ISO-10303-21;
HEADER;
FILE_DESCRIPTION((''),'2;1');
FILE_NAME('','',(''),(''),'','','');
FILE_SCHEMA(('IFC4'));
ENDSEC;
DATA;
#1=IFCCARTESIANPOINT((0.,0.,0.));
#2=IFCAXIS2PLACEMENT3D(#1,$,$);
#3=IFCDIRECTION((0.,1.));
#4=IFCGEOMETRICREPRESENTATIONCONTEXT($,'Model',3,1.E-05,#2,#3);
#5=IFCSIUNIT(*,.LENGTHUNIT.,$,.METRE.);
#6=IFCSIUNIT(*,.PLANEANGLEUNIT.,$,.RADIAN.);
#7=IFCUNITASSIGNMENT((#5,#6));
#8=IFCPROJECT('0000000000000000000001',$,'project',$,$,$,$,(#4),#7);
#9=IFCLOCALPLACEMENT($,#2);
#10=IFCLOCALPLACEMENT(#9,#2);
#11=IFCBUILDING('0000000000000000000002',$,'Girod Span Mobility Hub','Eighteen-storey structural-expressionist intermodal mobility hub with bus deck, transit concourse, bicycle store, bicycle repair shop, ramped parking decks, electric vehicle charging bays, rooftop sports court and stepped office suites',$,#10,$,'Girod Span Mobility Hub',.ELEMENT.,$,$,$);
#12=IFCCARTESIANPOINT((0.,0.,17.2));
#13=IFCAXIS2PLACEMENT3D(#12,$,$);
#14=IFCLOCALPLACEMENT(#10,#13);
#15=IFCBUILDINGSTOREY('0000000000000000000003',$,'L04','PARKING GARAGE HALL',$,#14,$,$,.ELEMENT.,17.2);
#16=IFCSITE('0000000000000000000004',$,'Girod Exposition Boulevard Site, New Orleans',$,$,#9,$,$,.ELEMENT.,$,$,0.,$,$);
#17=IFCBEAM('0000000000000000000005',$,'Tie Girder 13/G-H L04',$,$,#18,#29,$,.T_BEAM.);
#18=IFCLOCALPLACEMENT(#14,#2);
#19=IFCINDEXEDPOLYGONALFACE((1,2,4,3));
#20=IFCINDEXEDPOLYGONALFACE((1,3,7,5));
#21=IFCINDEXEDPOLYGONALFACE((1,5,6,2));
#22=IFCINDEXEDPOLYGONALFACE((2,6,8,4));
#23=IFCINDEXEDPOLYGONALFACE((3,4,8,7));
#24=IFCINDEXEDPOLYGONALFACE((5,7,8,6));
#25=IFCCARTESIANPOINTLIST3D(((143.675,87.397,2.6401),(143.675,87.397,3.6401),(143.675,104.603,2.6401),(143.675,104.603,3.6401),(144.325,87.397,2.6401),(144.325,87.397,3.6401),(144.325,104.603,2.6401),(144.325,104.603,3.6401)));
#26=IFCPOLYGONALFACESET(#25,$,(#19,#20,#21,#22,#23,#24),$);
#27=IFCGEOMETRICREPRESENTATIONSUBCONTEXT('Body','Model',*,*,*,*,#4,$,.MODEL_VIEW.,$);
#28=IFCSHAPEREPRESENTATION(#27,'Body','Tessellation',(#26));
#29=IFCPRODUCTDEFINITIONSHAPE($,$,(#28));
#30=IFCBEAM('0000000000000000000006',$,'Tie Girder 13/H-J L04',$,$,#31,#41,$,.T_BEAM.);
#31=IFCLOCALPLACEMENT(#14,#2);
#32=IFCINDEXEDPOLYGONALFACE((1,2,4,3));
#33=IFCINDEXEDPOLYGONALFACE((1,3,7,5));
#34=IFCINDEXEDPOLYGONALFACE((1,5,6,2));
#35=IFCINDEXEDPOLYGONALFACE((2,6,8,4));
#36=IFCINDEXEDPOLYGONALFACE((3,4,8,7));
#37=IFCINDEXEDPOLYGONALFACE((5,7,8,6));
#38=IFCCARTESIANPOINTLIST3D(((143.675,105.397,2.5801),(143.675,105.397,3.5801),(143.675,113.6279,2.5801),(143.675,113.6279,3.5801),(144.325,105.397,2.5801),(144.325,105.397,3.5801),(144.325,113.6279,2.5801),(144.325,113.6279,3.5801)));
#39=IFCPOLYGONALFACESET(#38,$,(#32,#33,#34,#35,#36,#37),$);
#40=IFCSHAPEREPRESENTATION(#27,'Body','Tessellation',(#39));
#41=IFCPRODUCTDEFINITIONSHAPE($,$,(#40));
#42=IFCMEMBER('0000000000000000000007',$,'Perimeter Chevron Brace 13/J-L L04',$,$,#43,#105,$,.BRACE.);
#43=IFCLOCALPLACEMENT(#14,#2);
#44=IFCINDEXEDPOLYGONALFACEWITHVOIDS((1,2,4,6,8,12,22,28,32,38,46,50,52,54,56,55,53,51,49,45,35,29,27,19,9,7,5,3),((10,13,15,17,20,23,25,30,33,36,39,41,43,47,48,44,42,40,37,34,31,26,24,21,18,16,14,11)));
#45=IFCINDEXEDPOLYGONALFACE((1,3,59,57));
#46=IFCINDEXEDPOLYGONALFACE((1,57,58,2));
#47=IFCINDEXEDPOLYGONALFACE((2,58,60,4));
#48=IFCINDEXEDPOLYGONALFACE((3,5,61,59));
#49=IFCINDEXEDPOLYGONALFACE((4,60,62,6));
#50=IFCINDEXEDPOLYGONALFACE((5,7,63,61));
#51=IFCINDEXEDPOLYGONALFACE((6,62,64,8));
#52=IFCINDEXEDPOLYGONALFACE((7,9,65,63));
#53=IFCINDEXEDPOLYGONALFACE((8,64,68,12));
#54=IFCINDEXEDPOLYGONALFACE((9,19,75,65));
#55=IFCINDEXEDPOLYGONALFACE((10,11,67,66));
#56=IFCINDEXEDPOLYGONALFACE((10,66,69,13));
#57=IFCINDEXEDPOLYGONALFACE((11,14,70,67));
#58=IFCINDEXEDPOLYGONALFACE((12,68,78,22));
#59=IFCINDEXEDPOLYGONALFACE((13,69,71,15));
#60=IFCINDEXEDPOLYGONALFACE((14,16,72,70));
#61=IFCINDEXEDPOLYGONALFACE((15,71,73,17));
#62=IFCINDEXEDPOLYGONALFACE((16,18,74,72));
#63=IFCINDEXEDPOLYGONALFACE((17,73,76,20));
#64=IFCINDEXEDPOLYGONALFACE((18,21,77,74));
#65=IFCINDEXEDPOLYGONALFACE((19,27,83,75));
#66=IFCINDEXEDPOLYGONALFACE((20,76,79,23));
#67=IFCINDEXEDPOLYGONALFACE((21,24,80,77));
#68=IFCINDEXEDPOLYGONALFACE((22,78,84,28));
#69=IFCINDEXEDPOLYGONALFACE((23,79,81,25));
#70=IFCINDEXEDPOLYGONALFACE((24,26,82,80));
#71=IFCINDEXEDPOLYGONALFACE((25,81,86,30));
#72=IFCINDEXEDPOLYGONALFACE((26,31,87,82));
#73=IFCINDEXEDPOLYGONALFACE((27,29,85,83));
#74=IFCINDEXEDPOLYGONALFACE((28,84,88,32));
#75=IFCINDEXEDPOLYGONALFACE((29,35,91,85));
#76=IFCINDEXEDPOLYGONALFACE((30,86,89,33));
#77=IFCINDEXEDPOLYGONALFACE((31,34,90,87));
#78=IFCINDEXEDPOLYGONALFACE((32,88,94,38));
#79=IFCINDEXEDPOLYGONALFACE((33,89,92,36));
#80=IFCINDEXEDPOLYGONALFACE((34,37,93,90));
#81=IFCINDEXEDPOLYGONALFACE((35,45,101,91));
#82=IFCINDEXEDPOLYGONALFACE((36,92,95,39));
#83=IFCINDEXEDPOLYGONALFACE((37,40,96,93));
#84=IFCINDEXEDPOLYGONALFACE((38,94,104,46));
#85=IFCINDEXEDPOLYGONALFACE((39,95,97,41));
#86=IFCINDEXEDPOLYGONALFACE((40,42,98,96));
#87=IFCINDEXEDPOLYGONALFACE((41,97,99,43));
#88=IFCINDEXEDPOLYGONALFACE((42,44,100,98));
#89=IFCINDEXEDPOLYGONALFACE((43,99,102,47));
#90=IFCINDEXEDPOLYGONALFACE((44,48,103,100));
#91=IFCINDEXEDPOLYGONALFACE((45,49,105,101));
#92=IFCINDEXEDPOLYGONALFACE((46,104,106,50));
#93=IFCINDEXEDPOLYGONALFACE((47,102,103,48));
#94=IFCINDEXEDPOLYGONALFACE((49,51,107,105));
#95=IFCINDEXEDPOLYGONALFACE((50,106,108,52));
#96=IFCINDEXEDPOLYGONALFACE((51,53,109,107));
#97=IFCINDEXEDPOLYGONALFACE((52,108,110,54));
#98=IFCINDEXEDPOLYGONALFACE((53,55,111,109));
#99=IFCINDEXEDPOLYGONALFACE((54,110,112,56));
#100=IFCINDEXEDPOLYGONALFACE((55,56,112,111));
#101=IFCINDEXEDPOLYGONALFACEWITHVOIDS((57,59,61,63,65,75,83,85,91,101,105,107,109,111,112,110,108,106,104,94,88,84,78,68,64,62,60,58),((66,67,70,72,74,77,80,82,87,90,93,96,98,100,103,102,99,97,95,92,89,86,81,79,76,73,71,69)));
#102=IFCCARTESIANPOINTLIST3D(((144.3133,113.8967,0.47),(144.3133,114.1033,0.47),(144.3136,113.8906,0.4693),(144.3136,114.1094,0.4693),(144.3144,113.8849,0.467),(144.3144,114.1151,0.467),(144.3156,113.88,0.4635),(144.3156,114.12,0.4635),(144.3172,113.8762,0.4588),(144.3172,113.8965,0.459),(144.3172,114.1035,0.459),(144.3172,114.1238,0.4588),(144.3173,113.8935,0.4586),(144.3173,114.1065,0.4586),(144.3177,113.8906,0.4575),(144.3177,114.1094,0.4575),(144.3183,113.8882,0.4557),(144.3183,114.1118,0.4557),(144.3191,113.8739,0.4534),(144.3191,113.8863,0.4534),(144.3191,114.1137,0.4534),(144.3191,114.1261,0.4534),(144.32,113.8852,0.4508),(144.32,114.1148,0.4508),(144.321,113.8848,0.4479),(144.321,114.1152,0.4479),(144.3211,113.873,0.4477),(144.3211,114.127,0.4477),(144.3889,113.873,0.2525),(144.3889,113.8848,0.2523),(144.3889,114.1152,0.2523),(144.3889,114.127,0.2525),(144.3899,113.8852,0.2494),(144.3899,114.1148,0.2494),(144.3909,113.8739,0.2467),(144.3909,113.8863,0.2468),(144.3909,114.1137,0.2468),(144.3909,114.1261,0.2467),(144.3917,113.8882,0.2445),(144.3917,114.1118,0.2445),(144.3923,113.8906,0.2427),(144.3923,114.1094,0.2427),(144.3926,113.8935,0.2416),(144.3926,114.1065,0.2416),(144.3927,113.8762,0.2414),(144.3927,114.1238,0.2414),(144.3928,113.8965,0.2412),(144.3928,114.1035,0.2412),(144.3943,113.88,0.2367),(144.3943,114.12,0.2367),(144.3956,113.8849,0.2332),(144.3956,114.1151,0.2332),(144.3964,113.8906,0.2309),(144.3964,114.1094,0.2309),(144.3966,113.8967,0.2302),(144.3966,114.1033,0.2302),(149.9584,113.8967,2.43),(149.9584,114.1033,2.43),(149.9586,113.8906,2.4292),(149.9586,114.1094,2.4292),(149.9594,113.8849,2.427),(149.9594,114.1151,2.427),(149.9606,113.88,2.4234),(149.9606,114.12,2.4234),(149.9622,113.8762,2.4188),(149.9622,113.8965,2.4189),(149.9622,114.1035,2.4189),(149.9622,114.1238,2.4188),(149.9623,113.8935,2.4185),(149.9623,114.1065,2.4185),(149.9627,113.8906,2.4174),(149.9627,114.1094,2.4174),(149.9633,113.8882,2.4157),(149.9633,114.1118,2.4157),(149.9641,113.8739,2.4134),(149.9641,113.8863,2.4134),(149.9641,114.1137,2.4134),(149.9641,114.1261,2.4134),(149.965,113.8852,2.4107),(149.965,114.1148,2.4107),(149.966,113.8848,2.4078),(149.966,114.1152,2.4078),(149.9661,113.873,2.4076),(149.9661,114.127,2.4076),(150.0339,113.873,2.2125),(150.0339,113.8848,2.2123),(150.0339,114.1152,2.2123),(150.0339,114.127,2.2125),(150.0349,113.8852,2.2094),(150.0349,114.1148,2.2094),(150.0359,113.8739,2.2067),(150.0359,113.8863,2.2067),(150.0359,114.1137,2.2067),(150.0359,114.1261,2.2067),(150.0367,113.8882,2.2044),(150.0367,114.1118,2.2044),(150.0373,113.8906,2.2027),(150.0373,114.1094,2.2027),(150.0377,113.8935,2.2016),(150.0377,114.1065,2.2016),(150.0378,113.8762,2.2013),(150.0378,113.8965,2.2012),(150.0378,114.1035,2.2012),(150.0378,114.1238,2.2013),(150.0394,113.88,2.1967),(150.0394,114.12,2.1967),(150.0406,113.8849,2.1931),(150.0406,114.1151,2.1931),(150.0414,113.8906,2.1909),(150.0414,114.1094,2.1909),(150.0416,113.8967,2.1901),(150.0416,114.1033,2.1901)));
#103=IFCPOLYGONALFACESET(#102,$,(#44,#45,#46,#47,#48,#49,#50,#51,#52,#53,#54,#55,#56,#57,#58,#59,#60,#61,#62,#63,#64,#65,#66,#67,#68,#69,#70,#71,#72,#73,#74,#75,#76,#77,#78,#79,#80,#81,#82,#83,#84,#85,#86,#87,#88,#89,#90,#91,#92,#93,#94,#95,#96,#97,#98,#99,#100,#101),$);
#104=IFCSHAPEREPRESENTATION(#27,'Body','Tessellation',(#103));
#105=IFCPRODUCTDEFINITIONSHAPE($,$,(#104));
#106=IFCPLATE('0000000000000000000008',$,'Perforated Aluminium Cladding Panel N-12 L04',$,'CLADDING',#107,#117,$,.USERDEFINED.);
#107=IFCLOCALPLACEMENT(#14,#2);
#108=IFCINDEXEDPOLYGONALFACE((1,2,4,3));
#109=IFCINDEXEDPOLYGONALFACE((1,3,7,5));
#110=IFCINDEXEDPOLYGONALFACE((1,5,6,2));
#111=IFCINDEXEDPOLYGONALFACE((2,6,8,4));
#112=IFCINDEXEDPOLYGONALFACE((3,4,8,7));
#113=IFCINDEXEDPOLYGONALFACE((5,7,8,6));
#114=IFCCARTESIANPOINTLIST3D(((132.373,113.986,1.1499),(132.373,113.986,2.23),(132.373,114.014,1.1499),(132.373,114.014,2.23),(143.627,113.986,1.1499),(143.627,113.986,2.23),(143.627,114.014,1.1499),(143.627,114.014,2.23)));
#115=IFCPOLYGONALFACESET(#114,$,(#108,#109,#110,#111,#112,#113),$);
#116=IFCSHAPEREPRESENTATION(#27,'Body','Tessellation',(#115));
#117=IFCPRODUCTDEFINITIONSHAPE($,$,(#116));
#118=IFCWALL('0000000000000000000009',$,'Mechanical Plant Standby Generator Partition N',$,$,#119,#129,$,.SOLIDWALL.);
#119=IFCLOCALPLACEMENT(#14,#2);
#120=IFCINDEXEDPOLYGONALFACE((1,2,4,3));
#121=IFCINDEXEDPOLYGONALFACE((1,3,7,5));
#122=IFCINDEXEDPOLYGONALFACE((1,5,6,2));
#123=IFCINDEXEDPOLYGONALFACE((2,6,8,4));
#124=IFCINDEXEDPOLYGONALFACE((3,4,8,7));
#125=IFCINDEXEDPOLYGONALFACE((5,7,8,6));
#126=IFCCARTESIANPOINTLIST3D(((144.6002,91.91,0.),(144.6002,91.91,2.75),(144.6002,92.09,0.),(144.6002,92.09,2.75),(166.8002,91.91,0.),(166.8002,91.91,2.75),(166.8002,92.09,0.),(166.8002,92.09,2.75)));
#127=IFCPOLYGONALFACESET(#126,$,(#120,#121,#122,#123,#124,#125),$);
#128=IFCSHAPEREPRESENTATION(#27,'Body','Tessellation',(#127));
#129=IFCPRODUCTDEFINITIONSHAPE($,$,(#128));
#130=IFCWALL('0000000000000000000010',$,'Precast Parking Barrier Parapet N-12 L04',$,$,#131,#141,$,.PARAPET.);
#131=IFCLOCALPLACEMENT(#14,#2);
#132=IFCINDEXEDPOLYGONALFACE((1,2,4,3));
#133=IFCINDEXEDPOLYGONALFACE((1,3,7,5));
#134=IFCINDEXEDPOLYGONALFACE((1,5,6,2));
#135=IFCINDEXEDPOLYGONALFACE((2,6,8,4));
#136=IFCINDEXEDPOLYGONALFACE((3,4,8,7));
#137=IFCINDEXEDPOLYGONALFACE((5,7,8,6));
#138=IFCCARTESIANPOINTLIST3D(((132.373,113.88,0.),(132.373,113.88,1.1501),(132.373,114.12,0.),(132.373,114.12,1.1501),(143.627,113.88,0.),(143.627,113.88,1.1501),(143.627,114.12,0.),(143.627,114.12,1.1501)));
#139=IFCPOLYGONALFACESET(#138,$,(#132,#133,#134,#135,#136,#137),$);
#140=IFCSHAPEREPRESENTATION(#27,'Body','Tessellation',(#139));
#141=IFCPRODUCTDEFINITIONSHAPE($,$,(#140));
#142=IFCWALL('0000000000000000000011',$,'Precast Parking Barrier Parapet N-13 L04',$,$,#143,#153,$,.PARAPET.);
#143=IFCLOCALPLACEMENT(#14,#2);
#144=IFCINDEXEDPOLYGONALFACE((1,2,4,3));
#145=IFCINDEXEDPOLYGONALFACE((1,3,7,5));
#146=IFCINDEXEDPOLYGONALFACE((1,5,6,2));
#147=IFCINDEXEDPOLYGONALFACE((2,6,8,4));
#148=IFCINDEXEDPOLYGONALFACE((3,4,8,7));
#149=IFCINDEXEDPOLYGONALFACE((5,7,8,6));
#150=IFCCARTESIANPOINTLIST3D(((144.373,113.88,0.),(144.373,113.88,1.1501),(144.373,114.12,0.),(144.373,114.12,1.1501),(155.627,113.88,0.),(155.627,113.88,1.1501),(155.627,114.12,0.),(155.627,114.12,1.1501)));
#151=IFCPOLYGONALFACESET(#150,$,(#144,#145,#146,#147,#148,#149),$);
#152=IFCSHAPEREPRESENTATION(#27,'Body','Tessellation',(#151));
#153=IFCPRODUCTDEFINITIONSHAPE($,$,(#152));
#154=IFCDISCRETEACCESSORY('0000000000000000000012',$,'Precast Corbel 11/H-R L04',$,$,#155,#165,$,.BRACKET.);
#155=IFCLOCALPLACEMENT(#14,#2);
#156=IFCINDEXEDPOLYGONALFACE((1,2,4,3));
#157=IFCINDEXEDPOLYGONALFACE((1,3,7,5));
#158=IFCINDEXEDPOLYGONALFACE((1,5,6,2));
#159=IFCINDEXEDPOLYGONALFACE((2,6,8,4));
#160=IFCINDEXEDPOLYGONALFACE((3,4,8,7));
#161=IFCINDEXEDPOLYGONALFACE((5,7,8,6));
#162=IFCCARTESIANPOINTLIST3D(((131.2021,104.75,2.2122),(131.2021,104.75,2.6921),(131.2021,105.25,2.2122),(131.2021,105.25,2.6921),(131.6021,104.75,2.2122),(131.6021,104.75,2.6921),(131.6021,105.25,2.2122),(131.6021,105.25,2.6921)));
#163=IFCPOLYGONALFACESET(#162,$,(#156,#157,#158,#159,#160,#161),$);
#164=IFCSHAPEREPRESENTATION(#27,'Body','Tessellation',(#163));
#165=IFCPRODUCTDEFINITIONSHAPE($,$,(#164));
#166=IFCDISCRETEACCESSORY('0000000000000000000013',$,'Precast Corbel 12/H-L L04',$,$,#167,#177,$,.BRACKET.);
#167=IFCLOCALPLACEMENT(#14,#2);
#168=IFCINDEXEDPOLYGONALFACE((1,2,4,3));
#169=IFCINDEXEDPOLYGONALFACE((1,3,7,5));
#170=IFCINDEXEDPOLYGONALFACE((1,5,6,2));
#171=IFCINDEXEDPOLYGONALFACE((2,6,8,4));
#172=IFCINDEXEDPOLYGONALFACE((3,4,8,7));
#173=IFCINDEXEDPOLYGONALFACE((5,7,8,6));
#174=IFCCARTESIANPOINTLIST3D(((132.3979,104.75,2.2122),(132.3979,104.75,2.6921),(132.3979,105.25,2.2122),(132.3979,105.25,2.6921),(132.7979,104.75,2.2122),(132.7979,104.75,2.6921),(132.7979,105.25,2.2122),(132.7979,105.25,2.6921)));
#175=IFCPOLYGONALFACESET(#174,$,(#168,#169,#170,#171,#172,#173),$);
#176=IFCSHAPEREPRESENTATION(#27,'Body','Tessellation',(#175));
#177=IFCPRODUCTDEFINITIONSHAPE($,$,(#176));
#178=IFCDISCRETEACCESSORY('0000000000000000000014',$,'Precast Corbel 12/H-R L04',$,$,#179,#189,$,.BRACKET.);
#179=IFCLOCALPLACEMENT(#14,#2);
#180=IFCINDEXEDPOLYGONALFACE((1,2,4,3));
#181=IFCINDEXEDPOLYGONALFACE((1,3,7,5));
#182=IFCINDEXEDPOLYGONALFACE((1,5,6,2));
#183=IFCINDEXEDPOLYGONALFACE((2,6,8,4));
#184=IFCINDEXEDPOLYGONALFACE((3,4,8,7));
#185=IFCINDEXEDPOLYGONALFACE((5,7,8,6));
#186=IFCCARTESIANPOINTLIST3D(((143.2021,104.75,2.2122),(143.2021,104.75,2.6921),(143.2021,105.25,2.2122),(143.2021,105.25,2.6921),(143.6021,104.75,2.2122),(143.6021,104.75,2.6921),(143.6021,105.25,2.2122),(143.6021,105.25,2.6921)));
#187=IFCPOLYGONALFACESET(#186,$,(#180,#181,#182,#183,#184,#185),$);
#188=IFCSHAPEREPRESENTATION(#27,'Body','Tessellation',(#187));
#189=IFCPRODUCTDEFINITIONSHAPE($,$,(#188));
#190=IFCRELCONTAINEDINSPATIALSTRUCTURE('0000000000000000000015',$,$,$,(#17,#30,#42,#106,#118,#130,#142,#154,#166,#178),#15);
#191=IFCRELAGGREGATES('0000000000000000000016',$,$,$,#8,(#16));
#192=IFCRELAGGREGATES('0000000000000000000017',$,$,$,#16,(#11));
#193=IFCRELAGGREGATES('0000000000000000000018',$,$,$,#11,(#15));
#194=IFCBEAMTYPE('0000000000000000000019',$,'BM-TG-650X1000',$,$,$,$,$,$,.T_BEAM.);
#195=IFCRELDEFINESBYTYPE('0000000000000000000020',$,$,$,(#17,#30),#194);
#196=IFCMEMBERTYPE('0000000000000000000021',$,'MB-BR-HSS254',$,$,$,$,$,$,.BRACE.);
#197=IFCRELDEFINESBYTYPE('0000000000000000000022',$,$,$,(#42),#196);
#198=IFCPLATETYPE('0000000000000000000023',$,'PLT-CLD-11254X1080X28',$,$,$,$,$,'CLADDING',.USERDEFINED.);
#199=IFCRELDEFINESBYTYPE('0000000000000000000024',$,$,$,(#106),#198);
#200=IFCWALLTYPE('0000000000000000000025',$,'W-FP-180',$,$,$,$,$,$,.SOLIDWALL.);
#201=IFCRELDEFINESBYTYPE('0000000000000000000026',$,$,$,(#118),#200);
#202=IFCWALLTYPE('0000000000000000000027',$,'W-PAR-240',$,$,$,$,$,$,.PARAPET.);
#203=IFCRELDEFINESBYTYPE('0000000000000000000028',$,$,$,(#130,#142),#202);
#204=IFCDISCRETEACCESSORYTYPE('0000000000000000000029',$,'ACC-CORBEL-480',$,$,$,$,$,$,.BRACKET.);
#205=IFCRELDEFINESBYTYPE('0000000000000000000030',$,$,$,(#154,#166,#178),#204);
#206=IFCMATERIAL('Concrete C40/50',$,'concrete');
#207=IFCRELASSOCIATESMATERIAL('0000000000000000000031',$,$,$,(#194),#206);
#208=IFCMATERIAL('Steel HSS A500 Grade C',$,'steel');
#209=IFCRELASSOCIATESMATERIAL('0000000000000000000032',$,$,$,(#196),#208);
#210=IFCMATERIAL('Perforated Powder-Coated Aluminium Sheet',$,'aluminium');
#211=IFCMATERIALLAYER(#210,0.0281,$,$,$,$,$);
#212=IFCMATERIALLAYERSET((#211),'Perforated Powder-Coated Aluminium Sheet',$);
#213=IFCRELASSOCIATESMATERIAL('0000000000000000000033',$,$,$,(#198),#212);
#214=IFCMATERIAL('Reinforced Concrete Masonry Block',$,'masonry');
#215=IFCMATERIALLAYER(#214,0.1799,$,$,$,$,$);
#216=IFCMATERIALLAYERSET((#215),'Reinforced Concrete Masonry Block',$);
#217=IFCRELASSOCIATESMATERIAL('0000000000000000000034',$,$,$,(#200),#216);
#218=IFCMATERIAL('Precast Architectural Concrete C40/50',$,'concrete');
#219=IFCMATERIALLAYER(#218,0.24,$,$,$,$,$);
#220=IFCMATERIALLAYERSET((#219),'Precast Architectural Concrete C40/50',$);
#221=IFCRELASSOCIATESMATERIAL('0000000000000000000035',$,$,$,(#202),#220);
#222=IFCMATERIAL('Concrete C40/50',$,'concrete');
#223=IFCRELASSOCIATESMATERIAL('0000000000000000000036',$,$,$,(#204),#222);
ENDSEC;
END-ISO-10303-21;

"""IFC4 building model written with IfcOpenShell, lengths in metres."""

from ifc_helpers import new_model, si_unit, direction, frame, frame_2d, origin, origin_2d, place, context, subcontext, project, spatial, rectangle, hollow_rectangle, extrude, material, layer, layer_set, material_profile, profile_set, type_object, element, save


model = new_model("IFC4")

# Units and contexts
model_context = context("Model", 3, precision=1e-05, world=origin(), true_north=direction((0.0, 1.0)))
body_context = subcontext(model_context, "Body", "Model", "MODEL_VIEW")
ifc_project = project(units=[si_unit("LENGTHUNIT", "METRE"), si_unit("PLANEANGLEUNIT", "RADIAN")], contexts=[model_context])

# Site, building, storey
site_placement = place(None, origin())
site = spatial("IfcSite", under=ifc_project, at=site_placement, Name="Girod Exposition Boulevard Site, New Orleans", CompositionType="ELEMENT", RefElevation=0.0)
building_placement = place(site_placement, origin())
building = spatial("IfcBuilding", under=site, at=building_placement, Name="Girod Span Mobility Hub", Description="Eighteen-storey structural-expressionist intermodal mobility hub with bus deck, transit concourse, bicycle store, bicycle repair shop, ramped parking decks, electric vehicle charging bays, rooftop sports court and stepped office suites", LongName="Girod Span Mobility Hub", CompositionType="ELEMENT")
storey_placement = place(building_placement, frame((0.0, 0.0, 17.2)))
storey = spatial("IfcBuildingStorey", under=building, at=storey_placement, Name="L04", Description="PARKING GARAGE HALL", CompositionType="ELEMENT", Elevation=17.2)

# Beams
ifc_material_1 = material(Name="Concrete C40/50", Category="concrete")
ifc_material_profile_1 = material_profile(ifc_material_1, rectangle(XDim=0.6499, YDim=1.0, at=origin_2d()), Name="TG-650X1000")
ifc_profile_set_1 = profile_set([ifc_material_profile_1], Name="Concrete C40/50")
beam_type_1 = type_object("IfcBeamType", Name="BM-TG-650X1000", PredefinedType="T_BEAM", material=ifc_profile_set_1)
beam_1_placement = place(storey_placement, frame((144.0, 87.397, 3.1401), z_axis=(0.0, 1.0, 0.0), x_axis=(-1.0, 0.0, 0.0)))
element("IfcBeam", 1, at=beam_1_placement, inside=storey, type_object=beam_type_1, Name="Tie Girder 13/G-H L04", PredefinedType="T_BEAM", context=body_context, shape_type="SweptSolid", body=[
    extrude(rectangle(XDim=0.6499, YDim=1.0, at=origin_2d()), origin(), (0.0, 0.0, 1.0), 17.2061),
])
beam_2_placement = place(storey_placement, frame((144.0, 105.397, 3.0801), z_axis=(0.0, 1.0, 0.0), x_axis=(-1.0, 0.0, 0.0)))
element("IfcBeam", 2, at=beam_2_placement, inside=storey, type_object=beam_type_1, Name="Tie Girder 13/H-J L04", PredefinedType="T_BEAM", context=body_context, shape_type="SweptSolid", body=[
    extrude(rectangle(XDim=0.6499, YDim=1.0, at=origin_2d()), origin(), (0.0, 0.0, 1.0), 8.231),
])

# Member
ifc_material_2 = material(Name="Steel HSS A500 Grade C", Category="steel")
ifc_material_profile_2 = material_profile(ifc_material_2, hollow_rectangle(XDim=0.2539, YDim=0.2539, WallThickness=0.0117, InnerFilletRadius=0.0117, OuterFilletRadius=0.0237, at=origin_2d()), Name="HSS254X254X12.7")
ifc_profile_set_2 = profile_set([ifc_material_profile_2], Name="Steel HSS A500 Grade C")
member_type = type_object("IfcMemberType", Name="MB-BR-HSS254", PredefinedType="BRACE", material=ifc_profile_set_2)
member_placement = place(storey_placement, frame((144.355, 114.0, 0.3501), z_axis=(0.94468, 0.0, 0.327994), x_axis=(0.0, 1.0, 0.0)))
element("IfcMember", 3, at=member_placement, inside=storey, type_object=member_type, Name="Perimeter Chevron Brace 13/J-L L04", PredefinedType="BRACE", context=body_context, shape_type="SweptSolid", body=[
    extrude(hollow_rectangle(XDim=0.2539, YDim=0.2539, WallThickness=0.0117, InnerFilletRadius=0.0117, OuterFilletRadius=0.0237, at=origin_2d()), origin(), (0.0, 0.0, 1.0), 5.9756),
])

# Plate
ifc_material_3 = material(Name="Perforated Powder-Coated Aluminium Sheet", Category="aluminium")
ifc_layer_1 = layer(ifc_material_3, 0.0281)
ifc_layer_set_1 = layer_set([ifc_layer_1], Name="Perforated Powder-Coated Aluminium Sheet")
plate_type = type_object("IfcPlateType", Name="PLT-CLD-11254X1080X28", ElementType="CLADDING", PredefinedType="USERDEFINED", material=ifc_layer_set_1)
plate_placement = place(storey_placement, frame((138.0, 114.0, 1.1499), z_axis=(0.0, 0.0, 1.0), x_axis=(1.0, 0.0, 0.0)))
element("IfcPlate", 4, at=plate_placement, inside=storey, type_object=plate_type, Name="Perforated Aluminium Cladding Panel N-12 L04", ObjectType="CLADDING", PredefinedType="USERDEFINED", context=body_context, shape_type="SweptSolid", body=[
    extrude(rectangle(XDim=11.2539, YDim=0.0281, at=origin_2d()), origin(), (0.0, 0.0, 1.0), 1.0801),
])

# Walls
ifc_material_4 = material(Name="Reinforced Concrete Masonry Block", Category="masonry")
ifc_layer_2 = layer(ifc_material_4, 0.1799)
ifc_layer_set_2 = layer_set([ifc_layer_2], Name="Reinforced Concrete Masonry Block")
wall_type_1 = type_object("IfcWallType", Name="W-FP-180", PredefinedType="SOLIDWALL", material=ifc_layer_set_2)
wall_placement = place(storey_placement, frame((144.6001, 92.0, 0.0), z_axis=(0.0, 0.0, 1.0), x_axis=(1.0, 0.0, 0.0)))
element("IfcWall", 5, at=wall_placement, inside=storey, type_object=wall_type_1, Name="Mechanical Plant Standby Generator Partition N", PredefinedType="SOLIDWALL", context=body_context, shape_type="SweptSolid", body=[
    extrude(rectangle(XDim=22.2, YDim=0.1799, at=frame_2d((11.1001, 0.0))), origin(), (0.0, 0.0, 1.0), 2.75),
])
ifc_material_5 = material(Name="Precast Architectural Concrete C40/50", Category="concrete")
ifc_layer_3 = layer(ifc_material_5, 0.24)
ifc_layer_set_3 = layer_set([ifc_layer_3], Name="Precast Architectural Concrete C40/50")
wall_type_2 = type_object("IfcWallType", Name="W-PAR-240", PredefinedType="PARAPET", material=ifc_layer_set_3)
for number, where, z_axis, x_axis, name in (
    (6, (132.373, 114.0, 0.0), (0.0, 0.0, 1.0), (1.0, 0.0, 0.0), "Precast Parking Barrier Parapet N-12 L04"),
    (7, (144.373, 114.0, 0.0), (0.0, 0.0, 1.0), (1.0, 0.0, 0.0), "Precast Parking Barrier Parapet N-13 L04"),
):
    element("IfcWall", number, at=place(storey_placement, frame(where, z_axis=z_axis, x_axis=x_axis)), inside=storey, type_object=wall_type_2, Name=name, PredefinedType="PARAPET", context=body_context, shape_type="SweptSolid", body=[
        extrude(rectangle(XDim=11.2539, YDim=0.24, at=frame_2d((5.627, 0.0))), origin(), (0.0, 0.0, 1.0), 1.1501),
    ])

# Discrete accessories
ifc_material_6 = material(Name="Concrete C40/50", Category="concrete")
discrete_accessory_type = type_object("IfcDiscreteAccessoryType", Name="ACC-CORBEL-480", PredefinedType="BRACKET", material=ifc_material_6)
for number, where, z_axis, x_axis, name in (
    (8, (131.4021, 105.0, 2.2122), (0.0, 0.0, 1.0), (1.0, 0.0, 0.0), "Precast Corbel 11/H-R L04"),
    (9, (132.5979, 105.0, 2.2122), (0.0, 0.0, 1.0), (1.0, 0.0, 0.0), "Precast Corbel 12/H-L L04"),
    (10, (143.4021, 105.0, 2.2122), (0.0, 0.0, 1.0), (1.0, 0.0, 0.0), "Precast Corbel 12/H-R L04"),
):
    element("IfcDiscreteAccessory", number, at=place(storey_placement, frame(where, z_axis=z_axis, x_axis=x_axis)), inside=storey, type_object=discrete_accessory_type, Name=name, PredefinedType="BRACKET", context=body_context, shape_type="SweptSolid", body=[
        extrude(rectangle(XDim=0.3999, YDim=0.5, at=origin_2d()), origin(), (0.0, 0.0, 1.0), 0.48),
    ])

save(model, "model.ifc")
